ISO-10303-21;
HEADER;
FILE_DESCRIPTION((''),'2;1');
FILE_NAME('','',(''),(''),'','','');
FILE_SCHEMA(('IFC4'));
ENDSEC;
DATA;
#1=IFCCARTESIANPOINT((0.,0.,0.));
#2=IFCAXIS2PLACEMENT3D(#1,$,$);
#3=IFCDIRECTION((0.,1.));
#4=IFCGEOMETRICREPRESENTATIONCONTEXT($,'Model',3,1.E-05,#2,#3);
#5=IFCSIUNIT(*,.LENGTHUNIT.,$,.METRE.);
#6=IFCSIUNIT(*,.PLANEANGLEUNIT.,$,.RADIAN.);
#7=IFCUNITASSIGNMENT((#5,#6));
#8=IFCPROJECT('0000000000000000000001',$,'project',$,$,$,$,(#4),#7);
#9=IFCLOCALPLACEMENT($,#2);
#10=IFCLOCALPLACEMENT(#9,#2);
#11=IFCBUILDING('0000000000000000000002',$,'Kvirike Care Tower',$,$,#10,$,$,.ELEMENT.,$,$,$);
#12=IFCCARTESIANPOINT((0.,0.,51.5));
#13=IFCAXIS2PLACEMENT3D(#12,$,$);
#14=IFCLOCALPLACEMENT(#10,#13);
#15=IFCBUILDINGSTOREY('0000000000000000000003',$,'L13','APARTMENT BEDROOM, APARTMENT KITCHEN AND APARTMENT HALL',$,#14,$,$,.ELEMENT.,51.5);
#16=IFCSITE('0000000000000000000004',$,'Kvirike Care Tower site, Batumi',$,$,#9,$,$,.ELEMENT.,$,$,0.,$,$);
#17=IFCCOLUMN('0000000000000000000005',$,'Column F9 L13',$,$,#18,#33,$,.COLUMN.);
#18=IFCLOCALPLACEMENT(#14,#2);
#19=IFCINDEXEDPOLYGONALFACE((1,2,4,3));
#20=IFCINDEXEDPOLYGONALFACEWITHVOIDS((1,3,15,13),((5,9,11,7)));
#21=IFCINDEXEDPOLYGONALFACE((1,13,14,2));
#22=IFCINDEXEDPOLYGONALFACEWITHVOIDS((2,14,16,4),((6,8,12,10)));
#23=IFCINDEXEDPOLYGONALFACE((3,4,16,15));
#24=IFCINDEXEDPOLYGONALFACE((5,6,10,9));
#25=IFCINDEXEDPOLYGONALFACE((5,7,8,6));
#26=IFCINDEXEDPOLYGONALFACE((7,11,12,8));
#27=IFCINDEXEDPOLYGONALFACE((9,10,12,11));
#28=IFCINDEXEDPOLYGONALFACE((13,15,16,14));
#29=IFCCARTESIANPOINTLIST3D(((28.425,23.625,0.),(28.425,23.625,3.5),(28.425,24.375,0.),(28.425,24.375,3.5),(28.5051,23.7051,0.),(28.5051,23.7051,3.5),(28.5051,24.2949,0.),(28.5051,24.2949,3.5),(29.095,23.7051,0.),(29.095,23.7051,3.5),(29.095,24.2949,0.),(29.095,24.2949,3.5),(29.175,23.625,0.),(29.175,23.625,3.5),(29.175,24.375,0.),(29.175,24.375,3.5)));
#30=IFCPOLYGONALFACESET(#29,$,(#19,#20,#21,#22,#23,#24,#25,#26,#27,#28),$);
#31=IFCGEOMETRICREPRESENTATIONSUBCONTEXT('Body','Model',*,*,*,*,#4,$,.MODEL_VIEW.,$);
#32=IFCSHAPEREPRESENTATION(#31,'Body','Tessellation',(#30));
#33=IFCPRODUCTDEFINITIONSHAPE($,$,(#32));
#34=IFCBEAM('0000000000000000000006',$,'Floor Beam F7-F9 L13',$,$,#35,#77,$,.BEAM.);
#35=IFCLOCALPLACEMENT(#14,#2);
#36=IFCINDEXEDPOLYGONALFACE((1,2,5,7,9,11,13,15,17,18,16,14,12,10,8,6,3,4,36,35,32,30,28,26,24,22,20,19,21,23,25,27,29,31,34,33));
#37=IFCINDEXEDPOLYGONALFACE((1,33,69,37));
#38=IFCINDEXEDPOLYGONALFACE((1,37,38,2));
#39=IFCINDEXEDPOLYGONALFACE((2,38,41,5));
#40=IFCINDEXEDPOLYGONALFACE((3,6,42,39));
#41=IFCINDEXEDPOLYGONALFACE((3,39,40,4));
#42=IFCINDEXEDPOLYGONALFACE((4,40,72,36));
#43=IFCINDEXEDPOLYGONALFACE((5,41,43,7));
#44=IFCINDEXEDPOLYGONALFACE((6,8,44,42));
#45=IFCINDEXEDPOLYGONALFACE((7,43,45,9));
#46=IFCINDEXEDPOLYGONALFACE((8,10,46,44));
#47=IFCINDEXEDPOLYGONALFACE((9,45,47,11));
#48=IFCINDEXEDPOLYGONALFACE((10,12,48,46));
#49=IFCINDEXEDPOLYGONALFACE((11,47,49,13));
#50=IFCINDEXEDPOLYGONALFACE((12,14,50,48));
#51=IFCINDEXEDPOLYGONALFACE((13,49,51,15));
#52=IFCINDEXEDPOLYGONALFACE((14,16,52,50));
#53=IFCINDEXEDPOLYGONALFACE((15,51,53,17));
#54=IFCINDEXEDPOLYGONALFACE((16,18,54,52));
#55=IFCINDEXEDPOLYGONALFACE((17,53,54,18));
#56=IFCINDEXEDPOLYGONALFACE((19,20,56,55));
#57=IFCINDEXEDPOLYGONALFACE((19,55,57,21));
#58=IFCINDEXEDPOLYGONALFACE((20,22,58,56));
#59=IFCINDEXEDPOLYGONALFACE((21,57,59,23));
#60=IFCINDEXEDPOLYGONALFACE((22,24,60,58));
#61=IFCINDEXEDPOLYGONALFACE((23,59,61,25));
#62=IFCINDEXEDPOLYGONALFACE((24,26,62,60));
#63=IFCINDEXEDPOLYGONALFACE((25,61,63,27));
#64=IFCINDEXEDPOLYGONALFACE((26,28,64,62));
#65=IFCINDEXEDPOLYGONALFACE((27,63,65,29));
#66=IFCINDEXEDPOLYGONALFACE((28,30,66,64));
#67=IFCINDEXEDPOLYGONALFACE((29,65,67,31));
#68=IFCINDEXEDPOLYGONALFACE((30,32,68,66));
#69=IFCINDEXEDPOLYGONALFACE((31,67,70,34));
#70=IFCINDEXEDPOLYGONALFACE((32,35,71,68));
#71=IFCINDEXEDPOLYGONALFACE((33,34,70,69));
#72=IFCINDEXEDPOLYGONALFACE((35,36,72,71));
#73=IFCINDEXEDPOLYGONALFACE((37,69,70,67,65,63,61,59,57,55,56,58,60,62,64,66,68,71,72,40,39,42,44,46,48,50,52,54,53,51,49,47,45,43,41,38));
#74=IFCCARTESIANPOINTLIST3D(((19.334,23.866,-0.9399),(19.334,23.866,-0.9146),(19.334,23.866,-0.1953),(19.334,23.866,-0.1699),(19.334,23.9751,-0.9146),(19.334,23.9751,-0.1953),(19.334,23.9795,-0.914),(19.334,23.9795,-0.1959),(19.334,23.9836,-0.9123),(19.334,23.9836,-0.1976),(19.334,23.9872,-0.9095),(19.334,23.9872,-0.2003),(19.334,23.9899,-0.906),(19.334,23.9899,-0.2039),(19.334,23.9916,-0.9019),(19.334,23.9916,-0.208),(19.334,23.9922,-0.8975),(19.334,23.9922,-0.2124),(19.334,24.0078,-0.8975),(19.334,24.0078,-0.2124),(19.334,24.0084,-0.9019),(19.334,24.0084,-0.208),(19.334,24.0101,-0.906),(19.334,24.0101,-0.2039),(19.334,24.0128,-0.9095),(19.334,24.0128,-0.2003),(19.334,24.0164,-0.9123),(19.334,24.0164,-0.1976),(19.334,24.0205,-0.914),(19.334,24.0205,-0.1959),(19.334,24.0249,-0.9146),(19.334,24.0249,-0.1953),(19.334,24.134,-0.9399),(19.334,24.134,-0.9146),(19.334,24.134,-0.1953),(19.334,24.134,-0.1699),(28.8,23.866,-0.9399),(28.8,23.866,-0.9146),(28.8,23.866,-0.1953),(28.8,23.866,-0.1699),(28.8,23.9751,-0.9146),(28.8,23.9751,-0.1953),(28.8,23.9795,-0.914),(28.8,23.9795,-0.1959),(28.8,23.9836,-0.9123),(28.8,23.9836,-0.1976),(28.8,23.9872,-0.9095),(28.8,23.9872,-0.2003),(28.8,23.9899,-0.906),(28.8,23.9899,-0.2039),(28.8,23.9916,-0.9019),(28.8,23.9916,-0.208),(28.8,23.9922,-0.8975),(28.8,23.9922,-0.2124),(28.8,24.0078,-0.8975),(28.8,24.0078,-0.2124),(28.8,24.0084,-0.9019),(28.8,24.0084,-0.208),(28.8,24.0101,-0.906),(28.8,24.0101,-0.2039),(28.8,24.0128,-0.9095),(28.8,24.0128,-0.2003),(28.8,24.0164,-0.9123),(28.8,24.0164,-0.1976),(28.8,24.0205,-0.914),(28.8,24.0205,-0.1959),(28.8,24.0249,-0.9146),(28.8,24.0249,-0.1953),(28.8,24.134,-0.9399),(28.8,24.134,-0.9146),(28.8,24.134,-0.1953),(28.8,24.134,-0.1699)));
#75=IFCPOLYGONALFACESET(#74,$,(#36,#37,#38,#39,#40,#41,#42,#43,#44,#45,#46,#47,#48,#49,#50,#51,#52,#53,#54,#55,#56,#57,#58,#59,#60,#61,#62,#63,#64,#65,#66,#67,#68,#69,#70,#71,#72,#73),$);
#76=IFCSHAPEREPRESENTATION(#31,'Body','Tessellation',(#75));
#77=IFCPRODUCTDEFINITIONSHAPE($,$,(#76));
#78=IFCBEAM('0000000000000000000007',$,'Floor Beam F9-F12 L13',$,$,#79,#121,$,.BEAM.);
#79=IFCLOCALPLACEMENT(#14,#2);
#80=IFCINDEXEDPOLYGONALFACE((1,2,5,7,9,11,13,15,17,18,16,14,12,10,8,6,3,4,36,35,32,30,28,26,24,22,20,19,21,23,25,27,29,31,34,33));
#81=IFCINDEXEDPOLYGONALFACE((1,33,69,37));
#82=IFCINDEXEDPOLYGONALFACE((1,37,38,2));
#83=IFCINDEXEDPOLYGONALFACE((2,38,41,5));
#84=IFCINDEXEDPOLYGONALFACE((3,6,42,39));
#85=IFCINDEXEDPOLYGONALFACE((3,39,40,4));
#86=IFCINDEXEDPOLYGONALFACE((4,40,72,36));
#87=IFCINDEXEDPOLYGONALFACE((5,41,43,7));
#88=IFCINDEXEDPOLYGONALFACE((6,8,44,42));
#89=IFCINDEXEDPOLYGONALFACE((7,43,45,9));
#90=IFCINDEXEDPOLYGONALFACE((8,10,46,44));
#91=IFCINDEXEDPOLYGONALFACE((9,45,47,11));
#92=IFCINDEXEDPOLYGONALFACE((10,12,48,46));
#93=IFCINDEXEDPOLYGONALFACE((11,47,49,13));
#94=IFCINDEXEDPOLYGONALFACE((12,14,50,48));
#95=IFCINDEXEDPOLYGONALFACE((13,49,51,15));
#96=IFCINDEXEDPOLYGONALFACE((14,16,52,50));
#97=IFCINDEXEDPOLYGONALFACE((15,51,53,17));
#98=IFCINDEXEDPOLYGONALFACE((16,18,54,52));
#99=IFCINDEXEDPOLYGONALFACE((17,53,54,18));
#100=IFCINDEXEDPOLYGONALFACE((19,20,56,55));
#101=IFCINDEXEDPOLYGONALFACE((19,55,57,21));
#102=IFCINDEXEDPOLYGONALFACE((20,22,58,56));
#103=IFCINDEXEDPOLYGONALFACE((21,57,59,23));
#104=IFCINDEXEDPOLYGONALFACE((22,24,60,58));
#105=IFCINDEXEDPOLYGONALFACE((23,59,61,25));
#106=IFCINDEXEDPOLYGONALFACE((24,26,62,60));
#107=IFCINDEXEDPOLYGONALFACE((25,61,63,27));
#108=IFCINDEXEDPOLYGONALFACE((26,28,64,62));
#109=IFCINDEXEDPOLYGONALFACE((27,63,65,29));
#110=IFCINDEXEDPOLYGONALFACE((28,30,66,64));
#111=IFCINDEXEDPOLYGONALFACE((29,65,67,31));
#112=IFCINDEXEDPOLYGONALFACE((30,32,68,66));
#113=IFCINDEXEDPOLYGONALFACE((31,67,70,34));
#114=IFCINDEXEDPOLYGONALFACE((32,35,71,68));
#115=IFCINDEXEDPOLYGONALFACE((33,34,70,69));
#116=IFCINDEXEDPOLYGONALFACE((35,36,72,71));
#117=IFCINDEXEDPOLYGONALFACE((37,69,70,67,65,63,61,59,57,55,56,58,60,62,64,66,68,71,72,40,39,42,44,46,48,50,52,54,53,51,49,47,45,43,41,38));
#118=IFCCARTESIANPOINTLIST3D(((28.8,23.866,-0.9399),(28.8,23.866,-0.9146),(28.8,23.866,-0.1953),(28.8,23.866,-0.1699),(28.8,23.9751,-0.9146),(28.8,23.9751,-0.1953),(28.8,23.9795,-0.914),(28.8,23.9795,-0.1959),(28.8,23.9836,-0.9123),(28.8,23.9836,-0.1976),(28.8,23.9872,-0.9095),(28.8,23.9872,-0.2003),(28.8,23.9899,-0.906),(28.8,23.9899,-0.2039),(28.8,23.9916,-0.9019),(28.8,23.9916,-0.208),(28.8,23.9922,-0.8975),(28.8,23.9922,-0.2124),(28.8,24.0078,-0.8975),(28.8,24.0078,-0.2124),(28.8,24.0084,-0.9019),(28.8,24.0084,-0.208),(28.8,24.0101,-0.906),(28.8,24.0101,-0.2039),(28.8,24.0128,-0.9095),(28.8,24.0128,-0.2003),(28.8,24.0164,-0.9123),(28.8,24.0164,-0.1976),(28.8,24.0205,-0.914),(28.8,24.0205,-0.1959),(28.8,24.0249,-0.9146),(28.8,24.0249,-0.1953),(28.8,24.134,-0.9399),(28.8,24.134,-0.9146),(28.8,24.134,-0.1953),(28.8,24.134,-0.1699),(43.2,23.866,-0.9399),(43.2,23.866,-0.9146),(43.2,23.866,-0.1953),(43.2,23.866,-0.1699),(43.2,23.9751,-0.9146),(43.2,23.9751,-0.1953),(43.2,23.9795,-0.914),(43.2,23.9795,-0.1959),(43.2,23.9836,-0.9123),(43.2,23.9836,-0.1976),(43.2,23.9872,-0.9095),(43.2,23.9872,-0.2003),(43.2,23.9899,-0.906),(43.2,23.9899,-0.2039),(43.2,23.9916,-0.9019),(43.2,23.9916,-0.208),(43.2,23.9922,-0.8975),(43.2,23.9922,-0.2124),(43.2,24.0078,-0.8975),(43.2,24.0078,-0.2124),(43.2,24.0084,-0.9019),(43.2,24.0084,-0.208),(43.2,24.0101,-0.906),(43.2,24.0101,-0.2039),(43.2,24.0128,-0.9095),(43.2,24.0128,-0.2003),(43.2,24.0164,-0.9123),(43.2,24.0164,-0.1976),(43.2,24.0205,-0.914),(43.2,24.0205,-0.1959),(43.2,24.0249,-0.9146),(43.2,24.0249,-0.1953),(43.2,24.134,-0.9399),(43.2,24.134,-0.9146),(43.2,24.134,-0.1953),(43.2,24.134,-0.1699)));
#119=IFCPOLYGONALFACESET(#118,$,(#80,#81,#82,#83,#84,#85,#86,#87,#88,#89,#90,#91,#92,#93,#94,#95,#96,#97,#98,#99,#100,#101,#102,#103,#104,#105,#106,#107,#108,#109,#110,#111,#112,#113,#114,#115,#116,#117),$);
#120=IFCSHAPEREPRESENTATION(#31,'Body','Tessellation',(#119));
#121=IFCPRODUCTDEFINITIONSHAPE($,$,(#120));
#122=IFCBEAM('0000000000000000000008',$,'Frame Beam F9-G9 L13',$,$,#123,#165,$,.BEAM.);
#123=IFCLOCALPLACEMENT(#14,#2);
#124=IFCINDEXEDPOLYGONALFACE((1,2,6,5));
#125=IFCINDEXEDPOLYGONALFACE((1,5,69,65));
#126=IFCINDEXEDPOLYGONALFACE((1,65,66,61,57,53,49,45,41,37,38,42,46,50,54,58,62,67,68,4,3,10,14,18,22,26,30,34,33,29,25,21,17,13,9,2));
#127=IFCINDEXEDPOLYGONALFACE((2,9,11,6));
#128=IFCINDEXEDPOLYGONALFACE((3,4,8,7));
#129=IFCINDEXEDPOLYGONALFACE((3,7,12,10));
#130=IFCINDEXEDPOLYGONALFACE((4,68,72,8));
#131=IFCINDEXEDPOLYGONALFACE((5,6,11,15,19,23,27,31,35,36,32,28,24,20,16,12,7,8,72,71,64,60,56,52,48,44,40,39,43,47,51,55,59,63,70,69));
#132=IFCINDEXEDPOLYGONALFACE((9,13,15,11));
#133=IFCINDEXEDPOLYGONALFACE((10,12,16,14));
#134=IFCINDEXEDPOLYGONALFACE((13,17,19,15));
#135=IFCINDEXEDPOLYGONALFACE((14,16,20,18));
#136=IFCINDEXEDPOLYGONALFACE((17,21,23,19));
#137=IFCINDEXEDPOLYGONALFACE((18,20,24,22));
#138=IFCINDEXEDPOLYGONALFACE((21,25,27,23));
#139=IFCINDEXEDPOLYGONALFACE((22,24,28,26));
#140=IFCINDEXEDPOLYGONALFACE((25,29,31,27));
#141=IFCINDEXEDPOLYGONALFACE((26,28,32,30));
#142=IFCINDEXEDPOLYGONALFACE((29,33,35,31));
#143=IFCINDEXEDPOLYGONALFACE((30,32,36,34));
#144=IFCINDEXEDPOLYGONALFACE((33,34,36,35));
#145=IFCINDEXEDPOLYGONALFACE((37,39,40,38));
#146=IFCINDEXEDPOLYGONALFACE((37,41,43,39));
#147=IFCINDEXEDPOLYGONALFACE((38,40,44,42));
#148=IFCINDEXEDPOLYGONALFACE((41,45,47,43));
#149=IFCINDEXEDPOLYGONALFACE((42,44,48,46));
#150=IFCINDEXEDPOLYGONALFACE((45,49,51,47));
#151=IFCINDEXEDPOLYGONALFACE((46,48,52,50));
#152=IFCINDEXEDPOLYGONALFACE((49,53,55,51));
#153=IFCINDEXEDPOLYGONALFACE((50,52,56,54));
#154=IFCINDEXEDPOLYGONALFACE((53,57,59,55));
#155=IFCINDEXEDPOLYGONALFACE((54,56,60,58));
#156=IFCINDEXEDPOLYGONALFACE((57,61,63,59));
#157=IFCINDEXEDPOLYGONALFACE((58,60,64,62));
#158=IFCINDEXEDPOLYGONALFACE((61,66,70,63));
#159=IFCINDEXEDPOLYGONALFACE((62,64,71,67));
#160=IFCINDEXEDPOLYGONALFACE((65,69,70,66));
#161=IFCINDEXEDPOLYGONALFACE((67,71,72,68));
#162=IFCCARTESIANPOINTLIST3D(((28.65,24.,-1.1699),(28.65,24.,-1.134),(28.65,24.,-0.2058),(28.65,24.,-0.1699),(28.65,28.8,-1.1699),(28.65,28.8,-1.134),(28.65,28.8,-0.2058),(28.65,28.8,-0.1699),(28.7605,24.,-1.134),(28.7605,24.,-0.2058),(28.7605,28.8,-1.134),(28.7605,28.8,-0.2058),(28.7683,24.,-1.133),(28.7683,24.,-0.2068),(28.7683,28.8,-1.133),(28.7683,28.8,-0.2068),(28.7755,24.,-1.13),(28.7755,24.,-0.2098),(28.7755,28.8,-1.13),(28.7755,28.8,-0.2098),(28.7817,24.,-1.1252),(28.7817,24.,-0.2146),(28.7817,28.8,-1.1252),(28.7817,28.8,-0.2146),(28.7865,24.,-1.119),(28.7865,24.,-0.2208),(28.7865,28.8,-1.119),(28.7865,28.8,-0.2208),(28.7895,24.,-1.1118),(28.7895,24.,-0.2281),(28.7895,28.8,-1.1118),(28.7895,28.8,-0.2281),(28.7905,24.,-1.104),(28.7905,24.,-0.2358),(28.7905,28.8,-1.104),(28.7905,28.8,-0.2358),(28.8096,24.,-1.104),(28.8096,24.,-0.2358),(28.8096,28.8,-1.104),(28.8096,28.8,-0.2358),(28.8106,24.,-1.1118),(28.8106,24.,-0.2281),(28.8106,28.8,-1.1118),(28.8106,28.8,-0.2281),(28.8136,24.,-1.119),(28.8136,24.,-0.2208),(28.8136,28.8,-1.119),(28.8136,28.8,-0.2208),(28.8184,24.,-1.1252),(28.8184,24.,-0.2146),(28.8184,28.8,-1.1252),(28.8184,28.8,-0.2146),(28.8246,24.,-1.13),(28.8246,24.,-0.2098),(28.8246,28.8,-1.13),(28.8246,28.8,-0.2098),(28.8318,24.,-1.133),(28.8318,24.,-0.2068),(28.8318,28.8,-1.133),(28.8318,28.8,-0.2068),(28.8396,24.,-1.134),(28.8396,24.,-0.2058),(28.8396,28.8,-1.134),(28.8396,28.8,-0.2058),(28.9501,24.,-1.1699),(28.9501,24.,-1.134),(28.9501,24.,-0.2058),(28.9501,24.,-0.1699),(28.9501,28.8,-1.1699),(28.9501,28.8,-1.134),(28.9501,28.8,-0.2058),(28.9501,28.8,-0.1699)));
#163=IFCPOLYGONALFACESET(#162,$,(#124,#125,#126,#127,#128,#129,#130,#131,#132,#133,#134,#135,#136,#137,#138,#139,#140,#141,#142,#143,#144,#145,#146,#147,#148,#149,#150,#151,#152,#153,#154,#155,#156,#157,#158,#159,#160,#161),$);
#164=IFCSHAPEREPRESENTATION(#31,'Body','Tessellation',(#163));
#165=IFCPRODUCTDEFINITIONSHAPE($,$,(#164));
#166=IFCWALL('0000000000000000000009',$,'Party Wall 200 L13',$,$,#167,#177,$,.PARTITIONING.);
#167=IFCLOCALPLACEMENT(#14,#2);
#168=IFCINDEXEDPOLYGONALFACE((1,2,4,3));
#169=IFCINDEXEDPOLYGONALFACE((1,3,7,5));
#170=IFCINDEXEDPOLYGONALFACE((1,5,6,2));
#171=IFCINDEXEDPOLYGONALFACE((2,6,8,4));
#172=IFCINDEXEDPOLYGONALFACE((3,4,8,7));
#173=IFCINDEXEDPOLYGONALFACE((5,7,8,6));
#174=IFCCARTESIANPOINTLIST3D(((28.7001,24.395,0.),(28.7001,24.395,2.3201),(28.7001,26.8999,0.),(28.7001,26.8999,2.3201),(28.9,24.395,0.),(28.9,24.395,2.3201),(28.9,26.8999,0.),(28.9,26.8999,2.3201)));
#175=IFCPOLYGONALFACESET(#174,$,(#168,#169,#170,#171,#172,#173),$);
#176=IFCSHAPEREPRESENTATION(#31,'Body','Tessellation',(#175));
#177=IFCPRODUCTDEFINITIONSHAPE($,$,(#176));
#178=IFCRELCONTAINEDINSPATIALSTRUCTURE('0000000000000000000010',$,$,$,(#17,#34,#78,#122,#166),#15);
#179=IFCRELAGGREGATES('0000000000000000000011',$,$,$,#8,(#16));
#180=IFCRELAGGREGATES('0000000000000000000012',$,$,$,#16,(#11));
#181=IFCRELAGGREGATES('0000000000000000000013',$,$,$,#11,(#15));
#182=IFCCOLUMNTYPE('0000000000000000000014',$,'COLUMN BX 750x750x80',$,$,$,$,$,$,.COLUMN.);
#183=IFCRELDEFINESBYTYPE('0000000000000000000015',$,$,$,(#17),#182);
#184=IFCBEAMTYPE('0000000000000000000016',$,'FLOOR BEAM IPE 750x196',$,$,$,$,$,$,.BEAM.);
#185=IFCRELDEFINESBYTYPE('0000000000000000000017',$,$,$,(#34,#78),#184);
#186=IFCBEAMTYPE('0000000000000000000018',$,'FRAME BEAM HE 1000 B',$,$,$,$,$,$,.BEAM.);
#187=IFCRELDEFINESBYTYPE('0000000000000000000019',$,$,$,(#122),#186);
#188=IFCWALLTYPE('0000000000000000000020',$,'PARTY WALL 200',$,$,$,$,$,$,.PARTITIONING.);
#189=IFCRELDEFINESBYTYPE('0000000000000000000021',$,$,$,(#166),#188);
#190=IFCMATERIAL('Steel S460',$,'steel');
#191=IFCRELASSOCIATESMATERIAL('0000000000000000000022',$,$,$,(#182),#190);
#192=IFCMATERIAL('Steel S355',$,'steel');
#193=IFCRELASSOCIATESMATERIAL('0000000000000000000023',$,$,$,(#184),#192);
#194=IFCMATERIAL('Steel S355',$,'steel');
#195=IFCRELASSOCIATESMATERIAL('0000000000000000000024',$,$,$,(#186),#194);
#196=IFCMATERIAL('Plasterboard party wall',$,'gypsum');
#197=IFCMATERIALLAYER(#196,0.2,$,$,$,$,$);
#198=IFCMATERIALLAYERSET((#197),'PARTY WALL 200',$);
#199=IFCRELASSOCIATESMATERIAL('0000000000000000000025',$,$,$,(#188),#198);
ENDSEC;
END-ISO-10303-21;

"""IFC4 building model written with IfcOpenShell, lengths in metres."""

from ifc_helpers import new_model, si_unit, direction, frame, frame_2d, origin, origin_2d, place, context, subcontext, project, spatial, rectangle, hollow_rectangle, i_section, extrude, material, layer, layer_set, material_profile, profile_set, type_object, element, save


model = new_model("IFC4")

# Units and contexts
model_context = context("Model", 3, precision=1e-05, world=origin(), true_north=direction((0.0, 1.0)))
body_context = subcontext(model_context, "Body", "Model", "MODEL_VIEW")
ifc_project = project(units=[si_unit("LENGTHUNIT", "METRE"), si_unit("PLANEANGLEUNIT", "RADIAN")], contexts=[model_context])

# Site, building, storey
site_placement = place(None, origin())
site = spatial("IfcSite", under=ifc_project, at=site_placement, Name="Kvirike Care Tower site, Batumi", CompositionType="ELEMENT", RefElevation=0.0)
building_placement = place(site_placement, origin())
building = spatial("IfcBuilding", under=site, at=building_placement, Name="Kvirike Care Tower", CompositionType="ELEMENT")
storey_placement = place(building_placement, frame((0.0, 0.0, 51.5)))
storey = spatial("IfcBuildingStorey", under=building, at=storey_placement, Name="L13", Description="APARTMENT BEDROOM, APARTMENT KITCHEN AND APARTMENT HALL", CompositionType="ELEMENT", Elevation=51.5)

# Column
ifc_material_1 = material(Name="Steel S460", Category="steel")
ifc_material_profile_1 = material_profile(ifc_material_1, hollow_rectangle(XDim=0.75, YDim=0.75, WallThickness=0.0801, at=origin_2d()), Name="BX 750x750x80")
ifc_profile_set_1 = profile_set([ifc_material_profile_1], Name="Steel S460")
column_type = type_object("IfcColumnType", Name="COLUMN BX 750x750x80", PredefinedType="COLUMN", material=ifc_profile_set_1)
column_placement = place(storey_placement, frame((28.8, 24.0, 0.0), z_axis=(0.0, 0.0, 1.0), x_axis=(1.0, 0.0, 0.0)))
element("IfcColumn", 1, at=column_placement, inside=storey, type_object=column_type, Name="Column F9 L13", PredefinedType="COLUMN", context=body_context, shape_type="SweptSolid", body=[
    extrude(hollow_rectangle(XDim=0.75, YDim=0.75, WallThickness=0.0801, at=origin_2d()), origin(), (0.0, 0.0, 1.0), 3.5),
])

# Beams
ifc_material_2 = material(Name="Steel S355", Category="steel")
ifc_material_profile_2 = material_profile(ifc_material_2, i_section(OverallWidth=0.2681, OverallDepth=0.77, WebThickness=0.0156, FlangeThickness=0.0254, FilletRadius=0.0171, at=origin_2d()), Name="IPE 750x196")
ifc_profile_set_2 = profile_set([ifc_material_profile_2], Name="Steel S355")
beam_type_1 = type_object("IfcBeamType", Name="FLOOR BEAM IPE 750x196", PredefinedType="BEAM", material=ifc_profile_set_2)
beam_1_placement = place(storey_placement, frame((19.334, 24.0, -0.5549), z_axis=(1.0, 0.0, 0.0), x_axis=(0.0, 1.0, 0.0)))
element("IfcBeam", 2, at=beam_1_placement, inside=storey, type_object=beam_type_1, Name="Floor Beam F7-F9 L13", PredefinedType="BEAM", context=body_context, shape_type="SweptSolid", body=[
    extrude(i_section(OverallWidth=0.2681, OverallDepth=0.77, WebThickness=0.0156, FlangeThickness=0.0254, FilletRadius=0.0171, at=origin_2d()), origin(), (0.0, 0.0, 1.0), 9.4661),
])
beam_2_placement = place(storey_placement, frame((28.8, 24.0, -0.5549), z_axis=(1.0, 0.0, 0.0), x_axis=(0.0, 1.0, 0.0)))
element("IfcBeam", 3, at=beam_2_placement, inside=storey, type_object=beam_type_1, Name="Floor Beam F9-F12 L13", PredefinedType="BEAM", context=body_context, shape_type="SweptSolid", body=[
    extrude(i_section(OverallWidth=0.2681, OverallDepth=0.77, WebThickness=0.0156, FlangeThickness=0.0254, FilletRadius=0.0171, at=origin_2d()), origin(), (0.0, 0.0, 1.0), 14.3999),
])
ifc_material_3 = material(Name="Steel S355", Category="steel")
ifc_material_profile_3 = material_profile(ifc_material_3, i_section(OverallWidth=0.3, OverallDepth=1.0, WebThickness=0.019, FlangeThickness=0.0359, FilletRadius=0.03, at=origin_2d()), Name="HE 1000 B")
ifc_profile_set_3 = profile_set([ifc_material_profile_3], Name="Steel S355")
beam_type_2 = type_object("IfcBeamType", Name="FRAME BEAM HE 1000 B", PredefinedType="BEAM", material=ifc_profile_set_3)
beam_3_placement = place(storey_placement, frame((28.8, 24.0, -0.6699), z_axis=(0.0, 1.0, 0.0), x_axis=(-1.0, 0.0, 0.0)))
element("IfcBeam", 4, at=beam_3_placement, inside=storey, type_object=beam_type_2, Name="Frame Beam F9-G9 L13", PredefinedType="BEAM", context=body_context, shape_type="SweptSolid", body=[
    extrude(i_section(OverallWidth=0.3, OverallDepth=1.0, WebThickness=0.019, FlangeThickness=0.0359, FilletRadius=0.03, at=origin_2d()), origin(), (0.0, 0.0, 1.0), 4.8),
])

# Wall
ifc_material_4 = material(Name="Plasterboard party wall", Category="gypsum")
ifc_layer_1 = layer(ifc_material_4, 0.2)
ifc_layer_set_1 = layer_set([ifc_layer_1], Name="PARTY WALL 200")
wall_type_1 = type_object("IfcWallType", Name="PARTY WALL 200", PredefinedType="PARTITIONING", material=ifc_layer_set_1)
wall_1_placement = place(storey_placement, frame((28.8, 24.395, 0.0), z_axis=(0.0, 0.0, 1.0), x_axis=(0.0, 1.0, 0.0)))
element("IfcWall", 5, at=wall_1_placement, inside=storey, type_object=wall_type_1, Name="Party Wall 200 L13", PredefinedType="PARTITIONING", context=body_context, shape_type="SweptSolid", body=[
    extrude(rectangle(XDim=2.5049, YDim=0.2, at=frame_2d((1.2524, 0.0))), origin(), (0.0, 0.0, 1.0), 2.3201),
])

save(model, "model.ifc")
